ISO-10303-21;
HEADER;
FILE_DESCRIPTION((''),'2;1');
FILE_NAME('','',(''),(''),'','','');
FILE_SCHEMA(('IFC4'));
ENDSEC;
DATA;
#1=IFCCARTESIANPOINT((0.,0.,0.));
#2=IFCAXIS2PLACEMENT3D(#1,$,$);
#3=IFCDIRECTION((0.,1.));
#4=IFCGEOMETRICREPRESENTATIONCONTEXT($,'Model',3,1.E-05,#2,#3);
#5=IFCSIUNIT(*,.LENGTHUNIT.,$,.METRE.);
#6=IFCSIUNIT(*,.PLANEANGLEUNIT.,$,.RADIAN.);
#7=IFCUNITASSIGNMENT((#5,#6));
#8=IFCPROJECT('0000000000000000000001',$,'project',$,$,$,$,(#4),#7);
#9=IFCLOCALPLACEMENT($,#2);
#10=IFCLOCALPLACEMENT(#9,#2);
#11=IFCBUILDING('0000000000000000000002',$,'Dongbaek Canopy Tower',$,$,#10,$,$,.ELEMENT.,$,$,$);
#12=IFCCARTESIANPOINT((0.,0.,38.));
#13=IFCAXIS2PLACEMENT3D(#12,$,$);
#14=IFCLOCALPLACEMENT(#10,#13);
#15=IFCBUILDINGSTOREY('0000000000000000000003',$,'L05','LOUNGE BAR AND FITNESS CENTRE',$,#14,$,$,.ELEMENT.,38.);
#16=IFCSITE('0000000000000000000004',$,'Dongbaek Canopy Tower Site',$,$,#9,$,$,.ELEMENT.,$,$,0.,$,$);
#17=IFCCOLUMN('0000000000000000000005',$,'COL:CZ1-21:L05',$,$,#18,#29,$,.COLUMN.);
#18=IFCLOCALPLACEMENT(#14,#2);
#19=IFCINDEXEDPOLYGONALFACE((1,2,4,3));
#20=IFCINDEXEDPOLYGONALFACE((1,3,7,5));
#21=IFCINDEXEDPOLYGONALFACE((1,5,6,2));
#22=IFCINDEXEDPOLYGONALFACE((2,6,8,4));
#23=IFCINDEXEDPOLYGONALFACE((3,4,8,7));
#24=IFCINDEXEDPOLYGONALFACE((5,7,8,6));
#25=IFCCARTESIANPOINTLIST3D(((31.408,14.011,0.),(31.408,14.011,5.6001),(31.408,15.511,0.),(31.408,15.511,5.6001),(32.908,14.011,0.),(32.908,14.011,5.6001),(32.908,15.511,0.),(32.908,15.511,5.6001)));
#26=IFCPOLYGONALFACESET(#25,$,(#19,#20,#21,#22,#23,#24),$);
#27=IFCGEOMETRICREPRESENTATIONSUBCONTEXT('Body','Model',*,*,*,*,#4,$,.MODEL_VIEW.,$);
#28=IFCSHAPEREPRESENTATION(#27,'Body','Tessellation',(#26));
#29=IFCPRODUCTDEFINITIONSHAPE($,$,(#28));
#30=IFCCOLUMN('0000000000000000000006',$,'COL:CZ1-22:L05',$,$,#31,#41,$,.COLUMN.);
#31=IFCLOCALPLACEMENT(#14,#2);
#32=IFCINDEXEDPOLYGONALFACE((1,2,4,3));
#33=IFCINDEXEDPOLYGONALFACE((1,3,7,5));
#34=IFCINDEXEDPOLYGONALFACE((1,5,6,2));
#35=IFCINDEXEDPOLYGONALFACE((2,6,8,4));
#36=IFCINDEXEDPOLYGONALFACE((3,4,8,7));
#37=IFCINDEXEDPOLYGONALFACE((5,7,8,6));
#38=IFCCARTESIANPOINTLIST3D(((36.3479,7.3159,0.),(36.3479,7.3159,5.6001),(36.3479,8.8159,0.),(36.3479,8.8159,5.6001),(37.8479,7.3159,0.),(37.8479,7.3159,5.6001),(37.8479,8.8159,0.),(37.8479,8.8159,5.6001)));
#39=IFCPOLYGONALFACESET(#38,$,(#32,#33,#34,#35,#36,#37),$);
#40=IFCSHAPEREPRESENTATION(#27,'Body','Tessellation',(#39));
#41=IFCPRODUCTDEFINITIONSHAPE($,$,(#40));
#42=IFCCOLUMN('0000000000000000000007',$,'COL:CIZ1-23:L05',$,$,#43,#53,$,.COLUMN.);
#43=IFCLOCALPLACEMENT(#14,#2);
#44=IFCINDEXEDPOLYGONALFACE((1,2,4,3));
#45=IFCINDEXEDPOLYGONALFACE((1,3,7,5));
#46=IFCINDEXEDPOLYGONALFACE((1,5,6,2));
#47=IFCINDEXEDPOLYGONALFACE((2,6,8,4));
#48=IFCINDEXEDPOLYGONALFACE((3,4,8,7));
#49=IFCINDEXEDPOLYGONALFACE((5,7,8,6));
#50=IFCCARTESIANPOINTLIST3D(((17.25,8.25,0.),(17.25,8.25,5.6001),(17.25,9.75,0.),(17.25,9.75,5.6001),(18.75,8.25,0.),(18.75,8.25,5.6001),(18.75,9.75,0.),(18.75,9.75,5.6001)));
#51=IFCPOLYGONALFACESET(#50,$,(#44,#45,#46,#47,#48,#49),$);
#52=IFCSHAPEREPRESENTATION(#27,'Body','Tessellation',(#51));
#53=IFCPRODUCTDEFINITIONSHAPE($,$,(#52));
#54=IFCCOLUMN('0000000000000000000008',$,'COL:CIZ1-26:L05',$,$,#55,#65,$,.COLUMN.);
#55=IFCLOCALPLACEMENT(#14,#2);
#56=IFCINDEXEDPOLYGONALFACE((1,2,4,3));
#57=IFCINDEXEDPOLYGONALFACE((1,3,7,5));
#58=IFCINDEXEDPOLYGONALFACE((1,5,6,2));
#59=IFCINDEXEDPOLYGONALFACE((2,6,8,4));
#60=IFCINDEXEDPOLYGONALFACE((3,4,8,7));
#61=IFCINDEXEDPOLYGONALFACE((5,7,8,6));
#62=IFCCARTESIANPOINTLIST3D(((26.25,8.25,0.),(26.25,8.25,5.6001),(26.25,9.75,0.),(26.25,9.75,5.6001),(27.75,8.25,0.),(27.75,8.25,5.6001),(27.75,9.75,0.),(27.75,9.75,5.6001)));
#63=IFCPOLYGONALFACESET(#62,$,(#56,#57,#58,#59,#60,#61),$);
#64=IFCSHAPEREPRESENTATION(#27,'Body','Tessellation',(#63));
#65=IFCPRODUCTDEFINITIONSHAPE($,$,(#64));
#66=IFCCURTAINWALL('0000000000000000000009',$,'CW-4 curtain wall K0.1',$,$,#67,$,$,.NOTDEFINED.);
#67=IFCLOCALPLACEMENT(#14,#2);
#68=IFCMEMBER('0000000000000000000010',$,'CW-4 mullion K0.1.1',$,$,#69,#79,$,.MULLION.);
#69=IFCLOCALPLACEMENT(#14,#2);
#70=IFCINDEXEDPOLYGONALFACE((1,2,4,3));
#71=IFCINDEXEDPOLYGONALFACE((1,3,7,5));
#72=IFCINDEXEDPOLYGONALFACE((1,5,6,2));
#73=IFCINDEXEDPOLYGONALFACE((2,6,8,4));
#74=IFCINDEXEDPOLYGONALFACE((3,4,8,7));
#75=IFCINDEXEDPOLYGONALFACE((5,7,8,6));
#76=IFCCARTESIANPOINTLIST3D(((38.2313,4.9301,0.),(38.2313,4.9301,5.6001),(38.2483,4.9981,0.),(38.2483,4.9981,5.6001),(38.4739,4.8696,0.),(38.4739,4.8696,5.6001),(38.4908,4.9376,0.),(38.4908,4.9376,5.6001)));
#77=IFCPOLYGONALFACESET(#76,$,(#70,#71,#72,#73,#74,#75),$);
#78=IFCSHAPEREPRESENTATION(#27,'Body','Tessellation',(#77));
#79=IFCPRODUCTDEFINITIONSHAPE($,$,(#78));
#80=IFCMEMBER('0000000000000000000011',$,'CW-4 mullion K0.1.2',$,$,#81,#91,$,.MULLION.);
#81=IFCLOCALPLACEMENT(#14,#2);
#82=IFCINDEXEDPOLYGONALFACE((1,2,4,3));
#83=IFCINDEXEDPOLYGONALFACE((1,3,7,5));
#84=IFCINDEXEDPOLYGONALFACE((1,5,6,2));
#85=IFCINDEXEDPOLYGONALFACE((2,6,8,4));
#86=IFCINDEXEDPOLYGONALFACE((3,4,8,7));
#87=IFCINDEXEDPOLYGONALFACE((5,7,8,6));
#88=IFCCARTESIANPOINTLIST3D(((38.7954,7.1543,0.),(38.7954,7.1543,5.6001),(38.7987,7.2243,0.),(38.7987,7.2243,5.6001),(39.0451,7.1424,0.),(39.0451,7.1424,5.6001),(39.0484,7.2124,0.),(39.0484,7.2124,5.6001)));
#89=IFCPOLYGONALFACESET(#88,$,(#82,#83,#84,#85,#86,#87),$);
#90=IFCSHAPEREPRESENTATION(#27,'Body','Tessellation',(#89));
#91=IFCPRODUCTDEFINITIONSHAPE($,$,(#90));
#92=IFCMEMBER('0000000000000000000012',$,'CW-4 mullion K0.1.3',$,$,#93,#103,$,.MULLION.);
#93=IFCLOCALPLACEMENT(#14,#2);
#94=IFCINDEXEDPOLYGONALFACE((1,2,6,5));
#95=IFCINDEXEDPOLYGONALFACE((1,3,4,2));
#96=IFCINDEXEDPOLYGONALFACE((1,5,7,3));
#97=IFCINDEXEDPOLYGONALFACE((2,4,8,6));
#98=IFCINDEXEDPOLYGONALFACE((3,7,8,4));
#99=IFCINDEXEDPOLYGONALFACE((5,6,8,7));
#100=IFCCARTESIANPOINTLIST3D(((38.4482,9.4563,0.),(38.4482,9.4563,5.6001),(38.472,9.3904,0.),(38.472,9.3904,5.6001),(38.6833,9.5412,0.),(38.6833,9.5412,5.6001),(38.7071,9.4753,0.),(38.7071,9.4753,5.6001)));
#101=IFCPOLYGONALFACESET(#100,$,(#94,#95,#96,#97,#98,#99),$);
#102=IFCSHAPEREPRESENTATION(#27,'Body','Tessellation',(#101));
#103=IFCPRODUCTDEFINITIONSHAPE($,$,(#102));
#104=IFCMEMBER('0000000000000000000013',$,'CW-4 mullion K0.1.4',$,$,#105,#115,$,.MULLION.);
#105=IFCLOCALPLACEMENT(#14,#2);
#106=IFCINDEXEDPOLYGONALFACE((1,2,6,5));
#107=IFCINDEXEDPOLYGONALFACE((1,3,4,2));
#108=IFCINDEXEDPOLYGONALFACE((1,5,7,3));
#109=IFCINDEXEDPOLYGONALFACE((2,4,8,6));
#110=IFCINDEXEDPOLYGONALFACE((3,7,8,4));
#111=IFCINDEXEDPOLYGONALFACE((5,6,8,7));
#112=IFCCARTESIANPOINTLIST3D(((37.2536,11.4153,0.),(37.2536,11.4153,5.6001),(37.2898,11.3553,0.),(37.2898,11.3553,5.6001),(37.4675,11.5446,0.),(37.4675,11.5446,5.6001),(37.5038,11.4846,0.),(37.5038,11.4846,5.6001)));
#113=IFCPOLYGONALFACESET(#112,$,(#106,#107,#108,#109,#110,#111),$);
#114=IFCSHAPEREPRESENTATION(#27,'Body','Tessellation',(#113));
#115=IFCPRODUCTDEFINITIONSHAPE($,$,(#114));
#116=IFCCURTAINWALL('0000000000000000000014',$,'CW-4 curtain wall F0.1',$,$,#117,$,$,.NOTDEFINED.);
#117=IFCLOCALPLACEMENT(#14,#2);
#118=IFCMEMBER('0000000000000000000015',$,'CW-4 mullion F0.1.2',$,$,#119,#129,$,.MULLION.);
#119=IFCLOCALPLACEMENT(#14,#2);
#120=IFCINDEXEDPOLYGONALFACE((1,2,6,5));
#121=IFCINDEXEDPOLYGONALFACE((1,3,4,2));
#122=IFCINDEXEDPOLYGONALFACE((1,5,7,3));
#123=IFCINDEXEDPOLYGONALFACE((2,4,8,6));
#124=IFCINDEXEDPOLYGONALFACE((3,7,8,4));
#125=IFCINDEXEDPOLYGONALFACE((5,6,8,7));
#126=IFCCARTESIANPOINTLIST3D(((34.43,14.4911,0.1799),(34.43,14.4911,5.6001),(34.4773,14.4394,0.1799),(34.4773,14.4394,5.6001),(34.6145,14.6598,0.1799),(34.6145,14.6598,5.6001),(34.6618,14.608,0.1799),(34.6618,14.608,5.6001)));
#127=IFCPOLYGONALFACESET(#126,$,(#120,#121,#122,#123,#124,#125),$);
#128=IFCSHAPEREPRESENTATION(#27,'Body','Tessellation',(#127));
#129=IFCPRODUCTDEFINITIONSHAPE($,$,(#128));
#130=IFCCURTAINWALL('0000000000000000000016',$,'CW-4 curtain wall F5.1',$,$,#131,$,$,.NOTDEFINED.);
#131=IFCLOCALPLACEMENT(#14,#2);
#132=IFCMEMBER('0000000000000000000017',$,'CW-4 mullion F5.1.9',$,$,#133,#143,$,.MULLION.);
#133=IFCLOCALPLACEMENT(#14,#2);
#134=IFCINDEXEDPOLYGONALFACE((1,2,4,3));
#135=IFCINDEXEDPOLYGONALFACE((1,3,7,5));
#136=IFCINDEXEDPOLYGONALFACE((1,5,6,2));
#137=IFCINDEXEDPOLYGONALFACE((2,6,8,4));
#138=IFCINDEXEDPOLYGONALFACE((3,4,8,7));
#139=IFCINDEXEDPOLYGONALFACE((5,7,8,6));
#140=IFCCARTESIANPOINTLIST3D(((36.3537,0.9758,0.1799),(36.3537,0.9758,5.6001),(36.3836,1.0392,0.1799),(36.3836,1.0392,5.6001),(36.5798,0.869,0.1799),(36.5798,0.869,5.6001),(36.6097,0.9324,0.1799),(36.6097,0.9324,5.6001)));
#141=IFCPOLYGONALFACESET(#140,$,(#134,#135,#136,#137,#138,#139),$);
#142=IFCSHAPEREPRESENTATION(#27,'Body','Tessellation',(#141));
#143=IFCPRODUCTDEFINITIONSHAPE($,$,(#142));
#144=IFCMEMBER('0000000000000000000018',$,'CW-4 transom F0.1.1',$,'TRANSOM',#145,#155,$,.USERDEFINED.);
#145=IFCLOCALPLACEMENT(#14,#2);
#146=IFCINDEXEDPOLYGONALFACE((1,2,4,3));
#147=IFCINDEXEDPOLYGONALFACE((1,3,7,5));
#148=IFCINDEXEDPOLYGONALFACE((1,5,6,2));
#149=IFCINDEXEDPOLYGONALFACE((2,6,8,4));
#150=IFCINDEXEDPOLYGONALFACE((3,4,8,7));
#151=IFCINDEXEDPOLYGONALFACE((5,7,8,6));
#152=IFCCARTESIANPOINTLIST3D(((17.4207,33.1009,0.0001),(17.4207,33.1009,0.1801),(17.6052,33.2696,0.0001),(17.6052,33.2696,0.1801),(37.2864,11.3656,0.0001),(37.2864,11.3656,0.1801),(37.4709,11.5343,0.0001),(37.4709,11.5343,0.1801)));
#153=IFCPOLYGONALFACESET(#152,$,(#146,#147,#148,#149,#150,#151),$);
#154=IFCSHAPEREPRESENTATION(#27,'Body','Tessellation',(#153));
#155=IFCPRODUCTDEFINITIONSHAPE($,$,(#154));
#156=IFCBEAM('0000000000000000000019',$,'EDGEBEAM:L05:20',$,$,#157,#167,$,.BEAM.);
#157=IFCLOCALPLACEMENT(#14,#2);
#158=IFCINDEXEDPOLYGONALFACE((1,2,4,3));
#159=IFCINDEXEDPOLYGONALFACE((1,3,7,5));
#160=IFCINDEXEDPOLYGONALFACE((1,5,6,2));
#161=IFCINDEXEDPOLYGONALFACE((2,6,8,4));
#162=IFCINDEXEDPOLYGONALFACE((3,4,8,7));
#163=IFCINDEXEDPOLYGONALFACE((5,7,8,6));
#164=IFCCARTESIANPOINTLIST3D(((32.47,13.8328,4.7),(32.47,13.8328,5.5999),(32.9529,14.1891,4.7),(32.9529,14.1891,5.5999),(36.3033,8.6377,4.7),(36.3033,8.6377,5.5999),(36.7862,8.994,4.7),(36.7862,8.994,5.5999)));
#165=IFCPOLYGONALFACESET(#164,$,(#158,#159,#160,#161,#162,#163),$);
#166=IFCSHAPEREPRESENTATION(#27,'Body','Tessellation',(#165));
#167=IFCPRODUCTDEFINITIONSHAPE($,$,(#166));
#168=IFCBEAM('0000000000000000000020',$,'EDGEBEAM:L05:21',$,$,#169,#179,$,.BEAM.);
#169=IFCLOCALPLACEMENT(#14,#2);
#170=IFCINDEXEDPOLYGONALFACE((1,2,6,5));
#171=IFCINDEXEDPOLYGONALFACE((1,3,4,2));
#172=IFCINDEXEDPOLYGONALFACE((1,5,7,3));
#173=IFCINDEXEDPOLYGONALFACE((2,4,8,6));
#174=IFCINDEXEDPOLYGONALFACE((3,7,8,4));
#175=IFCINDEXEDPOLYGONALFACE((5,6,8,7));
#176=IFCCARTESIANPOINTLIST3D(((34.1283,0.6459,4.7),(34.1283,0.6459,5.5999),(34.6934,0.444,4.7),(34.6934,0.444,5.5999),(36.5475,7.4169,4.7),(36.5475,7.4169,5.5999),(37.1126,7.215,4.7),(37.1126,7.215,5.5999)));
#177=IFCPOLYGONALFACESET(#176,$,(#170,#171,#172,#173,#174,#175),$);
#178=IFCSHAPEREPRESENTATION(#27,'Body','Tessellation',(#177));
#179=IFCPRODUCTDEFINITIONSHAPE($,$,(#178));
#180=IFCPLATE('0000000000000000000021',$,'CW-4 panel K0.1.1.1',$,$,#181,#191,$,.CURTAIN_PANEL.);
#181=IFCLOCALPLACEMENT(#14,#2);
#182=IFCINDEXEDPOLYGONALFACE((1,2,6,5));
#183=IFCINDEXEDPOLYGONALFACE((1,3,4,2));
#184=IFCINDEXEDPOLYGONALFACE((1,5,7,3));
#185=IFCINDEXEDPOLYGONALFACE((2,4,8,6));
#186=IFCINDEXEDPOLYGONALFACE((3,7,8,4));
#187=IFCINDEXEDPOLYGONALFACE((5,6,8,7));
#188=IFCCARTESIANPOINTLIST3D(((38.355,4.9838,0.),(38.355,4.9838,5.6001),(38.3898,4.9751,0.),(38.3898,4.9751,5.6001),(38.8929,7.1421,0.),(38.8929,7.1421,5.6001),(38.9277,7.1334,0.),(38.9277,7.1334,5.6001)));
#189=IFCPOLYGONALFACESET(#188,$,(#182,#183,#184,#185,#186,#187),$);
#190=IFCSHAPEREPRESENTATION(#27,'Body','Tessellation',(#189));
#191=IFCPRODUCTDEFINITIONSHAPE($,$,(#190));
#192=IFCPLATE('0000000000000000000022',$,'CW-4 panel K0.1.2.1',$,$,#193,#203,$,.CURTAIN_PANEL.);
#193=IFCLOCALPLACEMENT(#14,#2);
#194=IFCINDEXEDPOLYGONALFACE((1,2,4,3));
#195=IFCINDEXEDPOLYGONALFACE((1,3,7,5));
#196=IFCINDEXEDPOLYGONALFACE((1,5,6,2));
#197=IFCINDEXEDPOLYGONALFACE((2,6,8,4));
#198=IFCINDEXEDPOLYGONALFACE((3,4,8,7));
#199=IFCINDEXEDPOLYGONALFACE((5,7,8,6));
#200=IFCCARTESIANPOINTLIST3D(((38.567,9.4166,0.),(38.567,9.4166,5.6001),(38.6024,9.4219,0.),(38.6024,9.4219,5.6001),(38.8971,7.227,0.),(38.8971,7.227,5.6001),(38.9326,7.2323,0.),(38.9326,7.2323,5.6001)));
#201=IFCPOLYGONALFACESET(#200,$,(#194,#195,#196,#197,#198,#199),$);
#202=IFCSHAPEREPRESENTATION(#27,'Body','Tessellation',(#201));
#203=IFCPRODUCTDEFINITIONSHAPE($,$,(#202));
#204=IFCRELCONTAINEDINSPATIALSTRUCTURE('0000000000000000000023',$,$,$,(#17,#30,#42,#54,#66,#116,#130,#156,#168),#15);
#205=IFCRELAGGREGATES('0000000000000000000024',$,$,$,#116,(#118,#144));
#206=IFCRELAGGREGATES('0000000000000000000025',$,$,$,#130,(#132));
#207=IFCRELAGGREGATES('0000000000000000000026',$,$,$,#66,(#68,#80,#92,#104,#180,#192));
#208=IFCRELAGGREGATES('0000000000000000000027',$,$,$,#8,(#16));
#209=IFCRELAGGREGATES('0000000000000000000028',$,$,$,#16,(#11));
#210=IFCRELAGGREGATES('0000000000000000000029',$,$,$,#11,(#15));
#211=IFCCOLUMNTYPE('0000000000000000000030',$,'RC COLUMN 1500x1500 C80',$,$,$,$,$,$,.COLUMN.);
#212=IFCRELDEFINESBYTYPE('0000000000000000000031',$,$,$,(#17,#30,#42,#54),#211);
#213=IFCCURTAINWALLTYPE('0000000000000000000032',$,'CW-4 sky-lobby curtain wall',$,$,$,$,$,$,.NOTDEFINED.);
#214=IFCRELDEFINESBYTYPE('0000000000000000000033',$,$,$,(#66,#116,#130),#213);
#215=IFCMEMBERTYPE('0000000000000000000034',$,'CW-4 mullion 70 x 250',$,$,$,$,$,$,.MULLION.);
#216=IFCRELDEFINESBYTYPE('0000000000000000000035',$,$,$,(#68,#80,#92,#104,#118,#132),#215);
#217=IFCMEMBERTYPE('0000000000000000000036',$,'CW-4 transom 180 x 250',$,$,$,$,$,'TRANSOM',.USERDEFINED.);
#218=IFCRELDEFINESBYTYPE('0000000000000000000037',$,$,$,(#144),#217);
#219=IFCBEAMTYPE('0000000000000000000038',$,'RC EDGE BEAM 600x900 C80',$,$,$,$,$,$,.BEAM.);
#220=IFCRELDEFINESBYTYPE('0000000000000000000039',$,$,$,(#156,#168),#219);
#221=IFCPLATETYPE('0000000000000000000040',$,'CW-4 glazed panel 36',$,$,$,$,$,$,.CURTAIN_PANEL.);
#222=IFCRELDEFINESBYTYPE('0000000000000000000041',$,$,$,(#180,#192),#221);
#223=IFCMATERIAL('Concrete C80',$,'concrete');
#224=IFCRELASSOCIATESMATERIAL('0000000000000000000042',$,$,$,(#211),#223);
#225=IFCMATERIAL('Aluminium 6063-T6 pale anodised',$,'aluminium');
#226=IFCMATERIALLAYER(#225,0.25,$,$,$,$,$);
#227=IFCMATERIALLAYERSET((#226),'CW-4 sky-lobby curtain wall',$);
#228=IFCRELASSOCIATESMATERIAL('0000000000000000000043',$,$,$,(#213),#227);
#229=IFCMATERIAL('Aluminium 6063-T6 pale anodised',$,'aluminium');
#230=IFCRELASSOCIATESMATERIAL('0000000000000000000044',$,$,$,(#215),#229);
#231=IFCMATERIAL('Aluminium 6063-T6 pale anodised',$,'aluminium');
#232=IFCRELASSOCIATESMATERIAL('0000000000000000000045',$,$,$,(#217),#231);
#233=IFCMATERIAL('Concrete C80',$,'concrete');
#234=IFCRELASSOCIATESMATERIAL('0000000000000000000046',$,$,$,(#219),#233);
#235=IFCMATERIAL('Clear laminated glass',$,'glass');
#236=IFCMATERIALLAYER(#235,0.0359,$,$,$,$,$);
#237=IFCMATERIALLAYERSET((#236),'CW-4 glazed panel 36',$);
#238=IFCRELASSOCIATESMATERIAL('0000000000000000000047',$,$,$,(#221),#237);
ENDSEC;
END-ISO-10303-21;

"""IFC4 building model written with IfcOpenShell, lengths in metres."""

from ifc_helpers import new_model, si_unit, direction, frame, origin, origin_2d, place, context, subcontext, project, spatial, rectangle, extrude, material, layer, layer_set, material_profile, profile_set, type_object, element, aggregate, save


model = new_model("IFC4")

# Units and contexts
model_context = context("Model", 3, precision=1e-05, world=origin(), true_north=direction((0.0, 1.0)))
body_context = subcontext(model_context, "Body", "Model", "MODEL_VIEW")
ifc_project = project(units=[si_unit("LENGTHUNIT", "METRE"), si_unit("PLANEANGLEUNIT", "RADIAN")], contexts=[model_context])

# Site, building, storey
site_placement = place(None, origin())
site = spatial("IfcSite", under=ifc_project, at=site_placement, Name="Dongbaek Canopy Tower Site", CompositionType="ELEMENT", RefElevation=0.0)
building_placement = place(site_placement, origin())
building = spatial("IfcBuilding", under=site, at=building_placement, Name="Dongbaek Canopy Tower", CompositionType="ELEMENT")
storey_placement = place(building_placement, frame((0.0, 0.0, 38.0)))
storey = spatial("IfcBuildingStorey", under=building, at=storey_placement, Name="L05", Description="LOUNGE BAR AND FITNESS CENTRE", CompositionType="ELEMENT", Elevation=38.0)

# Columns
ifc_material_1 = material(Name="Concrete C80", Category="concrete")
ifc_material_profile_1 = material_profile(ifc_material_1, rectangle(XDim=1.5, YDim=1.5, at=origin_2d()), Name="RC COLUMN 1500x1500 C80")
ifc_profile_set_1 = profile_set([ifc_material_profile_1], Name="Concrete C80")
column_type = type_object("IfcColumnType", Name="RC COLUMN 1500x1500 C80", PredefinedType="COLUMN", material=ifc_profile_set_1)
for number, where, z_axis, x_axis, name in (
    (1, (32.158, 14.761, 0.0), (0.0, 0.0, 1.0), (1.0, 0.0, 0.0), "COL:CZ1-21:L05"),
    (2, (37.0979, 8.0659, 0.0), (0.0, 0.0, 1.0), (1.0, 0.0, 0.0), "COL:CZ1-22:L05"),
    (3, (18.0, 9.0, 0.0), (0.0, 0.0, 1.0), (1.0, 0.0, 0.0), "COL:CIZ1-23:L05"),
    (4, (27.0, 9.0, 0.0), (0.0, 0.0, 1.0), (1.0, 0.0, 0.0), "COL:CIZ1-26:L05"),
):
    element("IfcColumn", number, at=place(storey_placement, frame(where, z_axis=z_axis, x_axis=x_axis)), inside=storey, type_object=column_type, Name=name, PredefinedType="COLUMN", context=body_context, shape_type="SweptSolid", body=[
        extrude(rectangle(XDim=1.5, YDim=1.5, at=origin_2d()), origin(), (0.0, 0.0, 1.0), 5.6001),
    ])

# Curtain wall, members
ifc_material_2 = material(Name="Aluminium 6063-T6 pale anodised", Category="aluminium")
ifc_layer_1 = layer(ifc_material_2, 0.25)
ifc_layer_set_1 = layer_set([ifc_layer_1], Name="CW-4 sky-lobby curtain wall")
curtain_wall_type = type_object("IfcCurtainWallType", Name="CW-4 sky-lobby curtain wall", PredefinedType="NOTDEFINED", material=ifc_layer_set_1)
curtain_wall_1_placement = place(storey_placement, origin())
curtain_wall_1 = element("IfcCurtainWall", 5, at=curtain_wall_1_placement, inside=storey, type_object=curtain_wall_type, Name="CW-4 curtain wall K0.1", PredefinedType="NOTDEFINED")
ifc_material_3 = material(Name="Aluminium 6063-T6 pale anodised", Category="aluminium")
ifc_material_profile_2 = material_profile(ifc_material_3, rectangle(XDim=0.25, YDim=0.0701, at=origin_2d()), Name="CW-4 mullion 70 x 250")
ifc_profile_set_2 = profile_set([ifc_material_profile_2], Name="Aluminium 6063-T6 pale anodised")
member_type_1 = type_object("IfcMemberType", Name="CW-4 mullion 70 x 250", PredefinedType="MULLION", material=ifc_profile_set_2)
member_1_placement = place(storey_placement, frame((38.3611, 4.9338, 0.0), z_axis=(0.0, 0.0, 1.0), x_axis=(0.970315, -0.241844, 0.0)))
member_1 = element("IfcMember", 6, at=member_1_placement, type_object=member_type_1, Name="CW-4 mullion K0.1.1", PredefinedType="MULLION", context=body_context, shape_type="SweptSolid", body=[
    extrude(rectangle(XDim=0.25, YDim=0.0701, at=origin_2d()), origin(), (0.0, 0.0, 1.0), 5.6001),
])
member_2_placement = place(storey_placement, frame((38.9219, 7.1833, 0.0), z_axis=(0.0, 0.0, 1.0), x_axis=(0.998881, -0.047297, 0.0)))
member_2 = element("IfcMember", 7, at=member_2_placement, type_object=member_type_1, Name="CW-4 mullion K0.1.2", PredefinedType="MULLION", context=body_context, shape_type="SweptSolid", body=[
    extrude(rectangle(XDim=0.25, YDim=0.0701, at=origin_2d()), origin(), (0.0, 0.0, 1.0), 5.6001),
])
member_3_placement = place(storey_placement, frame((38.5776, 9.4658, 0.0), z_axis=(0.0, 0.0, 1.0), x_axis=(0.940538, 0.339688, 0.0)))
member_3 = element("IfcMember", 8, at=member_3_placement, type_object=member_type_1, Name="CW-4 mullion K0.1.3", PredefinedType="MULLION", context=body_context, shape_type="SweptSolid", body=[
    extrude(rectangle(XDim=0.25, YDim=0.0701, at=origin_2d()), origin(), (0.0, 0.0, 1.0), 5.6001),
])
member_4_placement = place(storey_placement, frame((37.3787, 11.45, 0.0), z_axis=(0.0, 0.0, 1.0), x_axis=(0.855886, 0.517165, 0.0)))
member_4 = element("IfcMember", 9, at=member_4_placement, type_object=member_type_1, Name="CW-4 mullion K0.1.4", PredefinedType="MULLION", context=body_context, shape_type="SweptSolid", body=[
    extrude(rectangle(XDim=0.25, YDim=0.0701, at=origin_2d()), origin(), (0.0, 0.0, 1.0), 5.6001),
])

# Curtain walls, members
curtain_wall_2_placement = place(storey_placement, origin())
curtain_wall_2 = element("IfcCurtainWall", 10, at=curtain_wall_2_placement, inside=storey, type_object=curtain_wall_type, Name="CW-4 curtain wall F0.1", PredefinedType="NOTDEFINED")
member_5_placement = place(storey_placement, frame((34.5459, 14.5496, 0.1799), z_axis=(0.0, 0.0, 1.0), x_axis=(0.738141, 0.674647, 0.0)))
member_5 = element("IfcMember", 11, at=member_5_placement, type_object=member_type_1, Name="CW-4 mullion F0.1.2", PredefinedType="MULLION", context=body_context, shape_type="SweptSolid", body=[
    extrude(rectangle(XDim=0.25, YDim=0.0701, at=origin_2d()), origin(), (0.0, 0.0, 1.0), 5.4202),
])
curtain_wall_3_placement = place(storey_placement, origin())
curtain_wall_3 = element("IfcCurtainWall", 12, at=curtain_wall_3_placement, inside=storey, type_object=curtain_wall_type, Name="CW-4 curtain wall F5.1", PredefinedType="NOTDEFINED")
member_6_placement = place(storey_placement, frame((36.4817, 0.9541, 0.1799), z_axis=(0.0, 0.0, 1.0), x_axis=(0.904233, -0.427039, 0.0)))
member_6 = element("IfcMember", 13, at=member_6_placement, type_object=member_type_1, Name="CW-4 mullion F5.1.9", PredefinedType="MULLION", context=body_context, shape_type="SweptSolid", body=[
    extrude(rectangle(XDim=0.25, YDim=0.0701, at=origin_2d()), origin(), (0.0, 0.0, 1.0), 5.4202),
])

# Member
ifc_material_4 = material(Name="Aluminium 6063-T6 pale anodised", Category="aluminium")
ifc_material_profile_3 = material_profile(ifc_material_4, rectangle(XDim=0.25, YDim=0.1799, at=origin_2d()), Name="CW-4 transom 180 x 250")
ifc_profile_set_3 = profile_set([ifc_material_profile_3], Name="Aluminium 6063-T6 pale anodised")
member_type_2 = type_object("IfcMemberType", Name="CW-4 transom 180 x 250", ElementType="TRANSOM", PredefinedType="USERDEFINED", material=ifc_profile_set_3)
member_7_placement = place(storey_placement, frame((37.3787, 11.45, 0.0901), z_axis=(-0.674647, 0.73814, 0.0), x_axis=(-0.73814, -0.674647, 0.0)))
member_7 = element("IfcMember", 14, at=member_7_placement, type_object=member_type_2, Name="CW-4 transom F0.1.1", ObjectType="TRANSOM", PredefinedType="USERDEFINED", context=body_context, shape_type="SweptSolid", body=[
    extrude(rectangle(XDim=0.25, YDim=0.1799, at=origin_2d()), origin(), (0.0, 0.0, 1.0), 29.446),
])

# Beams
ifc_material_5 = material(Name="Concrete C80", Category="concrete")
ifc_material_profile_4 = material_profile(ifc_material_5, rectangle(XDim=0.6001, YDim=0.8999, at=origin_2d()), Name="RC EDGE BEAM 600x900 C80")
ifc_profile_set_4 = profile_set([ifc_material_profile_4], Name="Concrete C80")
beam_type = type_object("IfcBeamType", Name="RC EDGE BEAM 600x900 C80", PredefinedType="BEAM", material=ifc_profile_set_4)
beam_1_placement = place(storey_placement, frame((32.7114, 14.011, 5.1499), z_axis=(0.593732, -0.804663, 0.0), x_axis=(0.804663, 0.593732, 0.0)))
element("IfcBeam", 15, at=beam_1_placement, inside=storey, type_object=beam_type, Name="EDGEBEAM:L05:20", PredefinedType="BEAM", context=body_context, shape_type="SweptSolid", body=[
    extrude(rectangle(XDim=0.6001, YDim=0.8999, at=origin_2d()), origin(), (0.0, 0.0, 1.0), 6.4563),
])
beam_2_placement = place(storey_placement, frame((36.8301, 7.3159, 5.1499), z_axis=(-0.336457, -0.941699, 0.0), x_axis=(0.941699, -0.336457, 0.0)))
element("IfcBeam", 16, at=beam_2_placement, inside=storey, type_object=beam_type, Name="EDGEBEAM:L05:21", PredefinedType="BEAM", context=body_context, shape_type="SweptSolid", body=[
    extrude(rectangle(XDim=0.6001, YDim=0.8999, at=origin_2d()), origin(), (0.0, 0.0, 1.0), 7.1902),
])

# Plates
ifc_material_6 = material(Name="Clear laminated glass", Category="glass")
ifc_layer_2 = layer(ifc_material_6, 0.0359)
ifc_layer_set_2 = layer_set([ifc_layer_2], Name="CW-4 glazed panel 36")
plate_type = type_object("IfcPlateType", Name="CW-4 glazed panel 36", PredefinedType="CURTAIN_PANEL", material=ifc_layer_set_2)
plate_1_placement = place(storey_placement, frame((38.6414, 6.0586, 0.0), z_axis=(0.0, 0.0, 1.0), x_axis=(0.241844, 0.970315, 0.0)))
plate_1 = element("IfcPlate", 17, at=plate_1_placement, type_object=plate_type, Name="CW-4 panel K0.1.1.1", PredefinedType="CURTAIN_PANEL", context=body_context, shape_type="SweptSolid", body=[
    extrude(rectangle(XDim=2.2244, YDim=0.0359, at=origin_2d()), origin(), (0.0, 0.0, 1.0), 5.6001),
])
plate_2_placement = place(storey_placement, frame((38.7498, 8.3245, 0.0), z_axis=(0.0, 0.0, 1.0), x_axis=(-0.149077, 0.988826, 0.0)))
plate_2 = element("IfcPlate", 18, at=plate_2_placement, type_object=plate_type, Name="CW-4 panel K0.1.2.1", PredefinedType="CURTAIN_PANEL", context=body_context, shape_type="SweptSolid", body=[
    extrude(rectangle(XDim=2.2144, YDim=0.0359, at=origin_2d()), origin(), (0.0, 0.0, 1.0), 5.6001),
])
aggregate(curtain_wall_2, [member_5, member_7])
aggregate(curtain_wall_3, [member_6])

aggregate(curtain_wall_1, [member_1, member_2, member_3, member_4, plate_1, plate_2])

save(model, "model.ifc")
